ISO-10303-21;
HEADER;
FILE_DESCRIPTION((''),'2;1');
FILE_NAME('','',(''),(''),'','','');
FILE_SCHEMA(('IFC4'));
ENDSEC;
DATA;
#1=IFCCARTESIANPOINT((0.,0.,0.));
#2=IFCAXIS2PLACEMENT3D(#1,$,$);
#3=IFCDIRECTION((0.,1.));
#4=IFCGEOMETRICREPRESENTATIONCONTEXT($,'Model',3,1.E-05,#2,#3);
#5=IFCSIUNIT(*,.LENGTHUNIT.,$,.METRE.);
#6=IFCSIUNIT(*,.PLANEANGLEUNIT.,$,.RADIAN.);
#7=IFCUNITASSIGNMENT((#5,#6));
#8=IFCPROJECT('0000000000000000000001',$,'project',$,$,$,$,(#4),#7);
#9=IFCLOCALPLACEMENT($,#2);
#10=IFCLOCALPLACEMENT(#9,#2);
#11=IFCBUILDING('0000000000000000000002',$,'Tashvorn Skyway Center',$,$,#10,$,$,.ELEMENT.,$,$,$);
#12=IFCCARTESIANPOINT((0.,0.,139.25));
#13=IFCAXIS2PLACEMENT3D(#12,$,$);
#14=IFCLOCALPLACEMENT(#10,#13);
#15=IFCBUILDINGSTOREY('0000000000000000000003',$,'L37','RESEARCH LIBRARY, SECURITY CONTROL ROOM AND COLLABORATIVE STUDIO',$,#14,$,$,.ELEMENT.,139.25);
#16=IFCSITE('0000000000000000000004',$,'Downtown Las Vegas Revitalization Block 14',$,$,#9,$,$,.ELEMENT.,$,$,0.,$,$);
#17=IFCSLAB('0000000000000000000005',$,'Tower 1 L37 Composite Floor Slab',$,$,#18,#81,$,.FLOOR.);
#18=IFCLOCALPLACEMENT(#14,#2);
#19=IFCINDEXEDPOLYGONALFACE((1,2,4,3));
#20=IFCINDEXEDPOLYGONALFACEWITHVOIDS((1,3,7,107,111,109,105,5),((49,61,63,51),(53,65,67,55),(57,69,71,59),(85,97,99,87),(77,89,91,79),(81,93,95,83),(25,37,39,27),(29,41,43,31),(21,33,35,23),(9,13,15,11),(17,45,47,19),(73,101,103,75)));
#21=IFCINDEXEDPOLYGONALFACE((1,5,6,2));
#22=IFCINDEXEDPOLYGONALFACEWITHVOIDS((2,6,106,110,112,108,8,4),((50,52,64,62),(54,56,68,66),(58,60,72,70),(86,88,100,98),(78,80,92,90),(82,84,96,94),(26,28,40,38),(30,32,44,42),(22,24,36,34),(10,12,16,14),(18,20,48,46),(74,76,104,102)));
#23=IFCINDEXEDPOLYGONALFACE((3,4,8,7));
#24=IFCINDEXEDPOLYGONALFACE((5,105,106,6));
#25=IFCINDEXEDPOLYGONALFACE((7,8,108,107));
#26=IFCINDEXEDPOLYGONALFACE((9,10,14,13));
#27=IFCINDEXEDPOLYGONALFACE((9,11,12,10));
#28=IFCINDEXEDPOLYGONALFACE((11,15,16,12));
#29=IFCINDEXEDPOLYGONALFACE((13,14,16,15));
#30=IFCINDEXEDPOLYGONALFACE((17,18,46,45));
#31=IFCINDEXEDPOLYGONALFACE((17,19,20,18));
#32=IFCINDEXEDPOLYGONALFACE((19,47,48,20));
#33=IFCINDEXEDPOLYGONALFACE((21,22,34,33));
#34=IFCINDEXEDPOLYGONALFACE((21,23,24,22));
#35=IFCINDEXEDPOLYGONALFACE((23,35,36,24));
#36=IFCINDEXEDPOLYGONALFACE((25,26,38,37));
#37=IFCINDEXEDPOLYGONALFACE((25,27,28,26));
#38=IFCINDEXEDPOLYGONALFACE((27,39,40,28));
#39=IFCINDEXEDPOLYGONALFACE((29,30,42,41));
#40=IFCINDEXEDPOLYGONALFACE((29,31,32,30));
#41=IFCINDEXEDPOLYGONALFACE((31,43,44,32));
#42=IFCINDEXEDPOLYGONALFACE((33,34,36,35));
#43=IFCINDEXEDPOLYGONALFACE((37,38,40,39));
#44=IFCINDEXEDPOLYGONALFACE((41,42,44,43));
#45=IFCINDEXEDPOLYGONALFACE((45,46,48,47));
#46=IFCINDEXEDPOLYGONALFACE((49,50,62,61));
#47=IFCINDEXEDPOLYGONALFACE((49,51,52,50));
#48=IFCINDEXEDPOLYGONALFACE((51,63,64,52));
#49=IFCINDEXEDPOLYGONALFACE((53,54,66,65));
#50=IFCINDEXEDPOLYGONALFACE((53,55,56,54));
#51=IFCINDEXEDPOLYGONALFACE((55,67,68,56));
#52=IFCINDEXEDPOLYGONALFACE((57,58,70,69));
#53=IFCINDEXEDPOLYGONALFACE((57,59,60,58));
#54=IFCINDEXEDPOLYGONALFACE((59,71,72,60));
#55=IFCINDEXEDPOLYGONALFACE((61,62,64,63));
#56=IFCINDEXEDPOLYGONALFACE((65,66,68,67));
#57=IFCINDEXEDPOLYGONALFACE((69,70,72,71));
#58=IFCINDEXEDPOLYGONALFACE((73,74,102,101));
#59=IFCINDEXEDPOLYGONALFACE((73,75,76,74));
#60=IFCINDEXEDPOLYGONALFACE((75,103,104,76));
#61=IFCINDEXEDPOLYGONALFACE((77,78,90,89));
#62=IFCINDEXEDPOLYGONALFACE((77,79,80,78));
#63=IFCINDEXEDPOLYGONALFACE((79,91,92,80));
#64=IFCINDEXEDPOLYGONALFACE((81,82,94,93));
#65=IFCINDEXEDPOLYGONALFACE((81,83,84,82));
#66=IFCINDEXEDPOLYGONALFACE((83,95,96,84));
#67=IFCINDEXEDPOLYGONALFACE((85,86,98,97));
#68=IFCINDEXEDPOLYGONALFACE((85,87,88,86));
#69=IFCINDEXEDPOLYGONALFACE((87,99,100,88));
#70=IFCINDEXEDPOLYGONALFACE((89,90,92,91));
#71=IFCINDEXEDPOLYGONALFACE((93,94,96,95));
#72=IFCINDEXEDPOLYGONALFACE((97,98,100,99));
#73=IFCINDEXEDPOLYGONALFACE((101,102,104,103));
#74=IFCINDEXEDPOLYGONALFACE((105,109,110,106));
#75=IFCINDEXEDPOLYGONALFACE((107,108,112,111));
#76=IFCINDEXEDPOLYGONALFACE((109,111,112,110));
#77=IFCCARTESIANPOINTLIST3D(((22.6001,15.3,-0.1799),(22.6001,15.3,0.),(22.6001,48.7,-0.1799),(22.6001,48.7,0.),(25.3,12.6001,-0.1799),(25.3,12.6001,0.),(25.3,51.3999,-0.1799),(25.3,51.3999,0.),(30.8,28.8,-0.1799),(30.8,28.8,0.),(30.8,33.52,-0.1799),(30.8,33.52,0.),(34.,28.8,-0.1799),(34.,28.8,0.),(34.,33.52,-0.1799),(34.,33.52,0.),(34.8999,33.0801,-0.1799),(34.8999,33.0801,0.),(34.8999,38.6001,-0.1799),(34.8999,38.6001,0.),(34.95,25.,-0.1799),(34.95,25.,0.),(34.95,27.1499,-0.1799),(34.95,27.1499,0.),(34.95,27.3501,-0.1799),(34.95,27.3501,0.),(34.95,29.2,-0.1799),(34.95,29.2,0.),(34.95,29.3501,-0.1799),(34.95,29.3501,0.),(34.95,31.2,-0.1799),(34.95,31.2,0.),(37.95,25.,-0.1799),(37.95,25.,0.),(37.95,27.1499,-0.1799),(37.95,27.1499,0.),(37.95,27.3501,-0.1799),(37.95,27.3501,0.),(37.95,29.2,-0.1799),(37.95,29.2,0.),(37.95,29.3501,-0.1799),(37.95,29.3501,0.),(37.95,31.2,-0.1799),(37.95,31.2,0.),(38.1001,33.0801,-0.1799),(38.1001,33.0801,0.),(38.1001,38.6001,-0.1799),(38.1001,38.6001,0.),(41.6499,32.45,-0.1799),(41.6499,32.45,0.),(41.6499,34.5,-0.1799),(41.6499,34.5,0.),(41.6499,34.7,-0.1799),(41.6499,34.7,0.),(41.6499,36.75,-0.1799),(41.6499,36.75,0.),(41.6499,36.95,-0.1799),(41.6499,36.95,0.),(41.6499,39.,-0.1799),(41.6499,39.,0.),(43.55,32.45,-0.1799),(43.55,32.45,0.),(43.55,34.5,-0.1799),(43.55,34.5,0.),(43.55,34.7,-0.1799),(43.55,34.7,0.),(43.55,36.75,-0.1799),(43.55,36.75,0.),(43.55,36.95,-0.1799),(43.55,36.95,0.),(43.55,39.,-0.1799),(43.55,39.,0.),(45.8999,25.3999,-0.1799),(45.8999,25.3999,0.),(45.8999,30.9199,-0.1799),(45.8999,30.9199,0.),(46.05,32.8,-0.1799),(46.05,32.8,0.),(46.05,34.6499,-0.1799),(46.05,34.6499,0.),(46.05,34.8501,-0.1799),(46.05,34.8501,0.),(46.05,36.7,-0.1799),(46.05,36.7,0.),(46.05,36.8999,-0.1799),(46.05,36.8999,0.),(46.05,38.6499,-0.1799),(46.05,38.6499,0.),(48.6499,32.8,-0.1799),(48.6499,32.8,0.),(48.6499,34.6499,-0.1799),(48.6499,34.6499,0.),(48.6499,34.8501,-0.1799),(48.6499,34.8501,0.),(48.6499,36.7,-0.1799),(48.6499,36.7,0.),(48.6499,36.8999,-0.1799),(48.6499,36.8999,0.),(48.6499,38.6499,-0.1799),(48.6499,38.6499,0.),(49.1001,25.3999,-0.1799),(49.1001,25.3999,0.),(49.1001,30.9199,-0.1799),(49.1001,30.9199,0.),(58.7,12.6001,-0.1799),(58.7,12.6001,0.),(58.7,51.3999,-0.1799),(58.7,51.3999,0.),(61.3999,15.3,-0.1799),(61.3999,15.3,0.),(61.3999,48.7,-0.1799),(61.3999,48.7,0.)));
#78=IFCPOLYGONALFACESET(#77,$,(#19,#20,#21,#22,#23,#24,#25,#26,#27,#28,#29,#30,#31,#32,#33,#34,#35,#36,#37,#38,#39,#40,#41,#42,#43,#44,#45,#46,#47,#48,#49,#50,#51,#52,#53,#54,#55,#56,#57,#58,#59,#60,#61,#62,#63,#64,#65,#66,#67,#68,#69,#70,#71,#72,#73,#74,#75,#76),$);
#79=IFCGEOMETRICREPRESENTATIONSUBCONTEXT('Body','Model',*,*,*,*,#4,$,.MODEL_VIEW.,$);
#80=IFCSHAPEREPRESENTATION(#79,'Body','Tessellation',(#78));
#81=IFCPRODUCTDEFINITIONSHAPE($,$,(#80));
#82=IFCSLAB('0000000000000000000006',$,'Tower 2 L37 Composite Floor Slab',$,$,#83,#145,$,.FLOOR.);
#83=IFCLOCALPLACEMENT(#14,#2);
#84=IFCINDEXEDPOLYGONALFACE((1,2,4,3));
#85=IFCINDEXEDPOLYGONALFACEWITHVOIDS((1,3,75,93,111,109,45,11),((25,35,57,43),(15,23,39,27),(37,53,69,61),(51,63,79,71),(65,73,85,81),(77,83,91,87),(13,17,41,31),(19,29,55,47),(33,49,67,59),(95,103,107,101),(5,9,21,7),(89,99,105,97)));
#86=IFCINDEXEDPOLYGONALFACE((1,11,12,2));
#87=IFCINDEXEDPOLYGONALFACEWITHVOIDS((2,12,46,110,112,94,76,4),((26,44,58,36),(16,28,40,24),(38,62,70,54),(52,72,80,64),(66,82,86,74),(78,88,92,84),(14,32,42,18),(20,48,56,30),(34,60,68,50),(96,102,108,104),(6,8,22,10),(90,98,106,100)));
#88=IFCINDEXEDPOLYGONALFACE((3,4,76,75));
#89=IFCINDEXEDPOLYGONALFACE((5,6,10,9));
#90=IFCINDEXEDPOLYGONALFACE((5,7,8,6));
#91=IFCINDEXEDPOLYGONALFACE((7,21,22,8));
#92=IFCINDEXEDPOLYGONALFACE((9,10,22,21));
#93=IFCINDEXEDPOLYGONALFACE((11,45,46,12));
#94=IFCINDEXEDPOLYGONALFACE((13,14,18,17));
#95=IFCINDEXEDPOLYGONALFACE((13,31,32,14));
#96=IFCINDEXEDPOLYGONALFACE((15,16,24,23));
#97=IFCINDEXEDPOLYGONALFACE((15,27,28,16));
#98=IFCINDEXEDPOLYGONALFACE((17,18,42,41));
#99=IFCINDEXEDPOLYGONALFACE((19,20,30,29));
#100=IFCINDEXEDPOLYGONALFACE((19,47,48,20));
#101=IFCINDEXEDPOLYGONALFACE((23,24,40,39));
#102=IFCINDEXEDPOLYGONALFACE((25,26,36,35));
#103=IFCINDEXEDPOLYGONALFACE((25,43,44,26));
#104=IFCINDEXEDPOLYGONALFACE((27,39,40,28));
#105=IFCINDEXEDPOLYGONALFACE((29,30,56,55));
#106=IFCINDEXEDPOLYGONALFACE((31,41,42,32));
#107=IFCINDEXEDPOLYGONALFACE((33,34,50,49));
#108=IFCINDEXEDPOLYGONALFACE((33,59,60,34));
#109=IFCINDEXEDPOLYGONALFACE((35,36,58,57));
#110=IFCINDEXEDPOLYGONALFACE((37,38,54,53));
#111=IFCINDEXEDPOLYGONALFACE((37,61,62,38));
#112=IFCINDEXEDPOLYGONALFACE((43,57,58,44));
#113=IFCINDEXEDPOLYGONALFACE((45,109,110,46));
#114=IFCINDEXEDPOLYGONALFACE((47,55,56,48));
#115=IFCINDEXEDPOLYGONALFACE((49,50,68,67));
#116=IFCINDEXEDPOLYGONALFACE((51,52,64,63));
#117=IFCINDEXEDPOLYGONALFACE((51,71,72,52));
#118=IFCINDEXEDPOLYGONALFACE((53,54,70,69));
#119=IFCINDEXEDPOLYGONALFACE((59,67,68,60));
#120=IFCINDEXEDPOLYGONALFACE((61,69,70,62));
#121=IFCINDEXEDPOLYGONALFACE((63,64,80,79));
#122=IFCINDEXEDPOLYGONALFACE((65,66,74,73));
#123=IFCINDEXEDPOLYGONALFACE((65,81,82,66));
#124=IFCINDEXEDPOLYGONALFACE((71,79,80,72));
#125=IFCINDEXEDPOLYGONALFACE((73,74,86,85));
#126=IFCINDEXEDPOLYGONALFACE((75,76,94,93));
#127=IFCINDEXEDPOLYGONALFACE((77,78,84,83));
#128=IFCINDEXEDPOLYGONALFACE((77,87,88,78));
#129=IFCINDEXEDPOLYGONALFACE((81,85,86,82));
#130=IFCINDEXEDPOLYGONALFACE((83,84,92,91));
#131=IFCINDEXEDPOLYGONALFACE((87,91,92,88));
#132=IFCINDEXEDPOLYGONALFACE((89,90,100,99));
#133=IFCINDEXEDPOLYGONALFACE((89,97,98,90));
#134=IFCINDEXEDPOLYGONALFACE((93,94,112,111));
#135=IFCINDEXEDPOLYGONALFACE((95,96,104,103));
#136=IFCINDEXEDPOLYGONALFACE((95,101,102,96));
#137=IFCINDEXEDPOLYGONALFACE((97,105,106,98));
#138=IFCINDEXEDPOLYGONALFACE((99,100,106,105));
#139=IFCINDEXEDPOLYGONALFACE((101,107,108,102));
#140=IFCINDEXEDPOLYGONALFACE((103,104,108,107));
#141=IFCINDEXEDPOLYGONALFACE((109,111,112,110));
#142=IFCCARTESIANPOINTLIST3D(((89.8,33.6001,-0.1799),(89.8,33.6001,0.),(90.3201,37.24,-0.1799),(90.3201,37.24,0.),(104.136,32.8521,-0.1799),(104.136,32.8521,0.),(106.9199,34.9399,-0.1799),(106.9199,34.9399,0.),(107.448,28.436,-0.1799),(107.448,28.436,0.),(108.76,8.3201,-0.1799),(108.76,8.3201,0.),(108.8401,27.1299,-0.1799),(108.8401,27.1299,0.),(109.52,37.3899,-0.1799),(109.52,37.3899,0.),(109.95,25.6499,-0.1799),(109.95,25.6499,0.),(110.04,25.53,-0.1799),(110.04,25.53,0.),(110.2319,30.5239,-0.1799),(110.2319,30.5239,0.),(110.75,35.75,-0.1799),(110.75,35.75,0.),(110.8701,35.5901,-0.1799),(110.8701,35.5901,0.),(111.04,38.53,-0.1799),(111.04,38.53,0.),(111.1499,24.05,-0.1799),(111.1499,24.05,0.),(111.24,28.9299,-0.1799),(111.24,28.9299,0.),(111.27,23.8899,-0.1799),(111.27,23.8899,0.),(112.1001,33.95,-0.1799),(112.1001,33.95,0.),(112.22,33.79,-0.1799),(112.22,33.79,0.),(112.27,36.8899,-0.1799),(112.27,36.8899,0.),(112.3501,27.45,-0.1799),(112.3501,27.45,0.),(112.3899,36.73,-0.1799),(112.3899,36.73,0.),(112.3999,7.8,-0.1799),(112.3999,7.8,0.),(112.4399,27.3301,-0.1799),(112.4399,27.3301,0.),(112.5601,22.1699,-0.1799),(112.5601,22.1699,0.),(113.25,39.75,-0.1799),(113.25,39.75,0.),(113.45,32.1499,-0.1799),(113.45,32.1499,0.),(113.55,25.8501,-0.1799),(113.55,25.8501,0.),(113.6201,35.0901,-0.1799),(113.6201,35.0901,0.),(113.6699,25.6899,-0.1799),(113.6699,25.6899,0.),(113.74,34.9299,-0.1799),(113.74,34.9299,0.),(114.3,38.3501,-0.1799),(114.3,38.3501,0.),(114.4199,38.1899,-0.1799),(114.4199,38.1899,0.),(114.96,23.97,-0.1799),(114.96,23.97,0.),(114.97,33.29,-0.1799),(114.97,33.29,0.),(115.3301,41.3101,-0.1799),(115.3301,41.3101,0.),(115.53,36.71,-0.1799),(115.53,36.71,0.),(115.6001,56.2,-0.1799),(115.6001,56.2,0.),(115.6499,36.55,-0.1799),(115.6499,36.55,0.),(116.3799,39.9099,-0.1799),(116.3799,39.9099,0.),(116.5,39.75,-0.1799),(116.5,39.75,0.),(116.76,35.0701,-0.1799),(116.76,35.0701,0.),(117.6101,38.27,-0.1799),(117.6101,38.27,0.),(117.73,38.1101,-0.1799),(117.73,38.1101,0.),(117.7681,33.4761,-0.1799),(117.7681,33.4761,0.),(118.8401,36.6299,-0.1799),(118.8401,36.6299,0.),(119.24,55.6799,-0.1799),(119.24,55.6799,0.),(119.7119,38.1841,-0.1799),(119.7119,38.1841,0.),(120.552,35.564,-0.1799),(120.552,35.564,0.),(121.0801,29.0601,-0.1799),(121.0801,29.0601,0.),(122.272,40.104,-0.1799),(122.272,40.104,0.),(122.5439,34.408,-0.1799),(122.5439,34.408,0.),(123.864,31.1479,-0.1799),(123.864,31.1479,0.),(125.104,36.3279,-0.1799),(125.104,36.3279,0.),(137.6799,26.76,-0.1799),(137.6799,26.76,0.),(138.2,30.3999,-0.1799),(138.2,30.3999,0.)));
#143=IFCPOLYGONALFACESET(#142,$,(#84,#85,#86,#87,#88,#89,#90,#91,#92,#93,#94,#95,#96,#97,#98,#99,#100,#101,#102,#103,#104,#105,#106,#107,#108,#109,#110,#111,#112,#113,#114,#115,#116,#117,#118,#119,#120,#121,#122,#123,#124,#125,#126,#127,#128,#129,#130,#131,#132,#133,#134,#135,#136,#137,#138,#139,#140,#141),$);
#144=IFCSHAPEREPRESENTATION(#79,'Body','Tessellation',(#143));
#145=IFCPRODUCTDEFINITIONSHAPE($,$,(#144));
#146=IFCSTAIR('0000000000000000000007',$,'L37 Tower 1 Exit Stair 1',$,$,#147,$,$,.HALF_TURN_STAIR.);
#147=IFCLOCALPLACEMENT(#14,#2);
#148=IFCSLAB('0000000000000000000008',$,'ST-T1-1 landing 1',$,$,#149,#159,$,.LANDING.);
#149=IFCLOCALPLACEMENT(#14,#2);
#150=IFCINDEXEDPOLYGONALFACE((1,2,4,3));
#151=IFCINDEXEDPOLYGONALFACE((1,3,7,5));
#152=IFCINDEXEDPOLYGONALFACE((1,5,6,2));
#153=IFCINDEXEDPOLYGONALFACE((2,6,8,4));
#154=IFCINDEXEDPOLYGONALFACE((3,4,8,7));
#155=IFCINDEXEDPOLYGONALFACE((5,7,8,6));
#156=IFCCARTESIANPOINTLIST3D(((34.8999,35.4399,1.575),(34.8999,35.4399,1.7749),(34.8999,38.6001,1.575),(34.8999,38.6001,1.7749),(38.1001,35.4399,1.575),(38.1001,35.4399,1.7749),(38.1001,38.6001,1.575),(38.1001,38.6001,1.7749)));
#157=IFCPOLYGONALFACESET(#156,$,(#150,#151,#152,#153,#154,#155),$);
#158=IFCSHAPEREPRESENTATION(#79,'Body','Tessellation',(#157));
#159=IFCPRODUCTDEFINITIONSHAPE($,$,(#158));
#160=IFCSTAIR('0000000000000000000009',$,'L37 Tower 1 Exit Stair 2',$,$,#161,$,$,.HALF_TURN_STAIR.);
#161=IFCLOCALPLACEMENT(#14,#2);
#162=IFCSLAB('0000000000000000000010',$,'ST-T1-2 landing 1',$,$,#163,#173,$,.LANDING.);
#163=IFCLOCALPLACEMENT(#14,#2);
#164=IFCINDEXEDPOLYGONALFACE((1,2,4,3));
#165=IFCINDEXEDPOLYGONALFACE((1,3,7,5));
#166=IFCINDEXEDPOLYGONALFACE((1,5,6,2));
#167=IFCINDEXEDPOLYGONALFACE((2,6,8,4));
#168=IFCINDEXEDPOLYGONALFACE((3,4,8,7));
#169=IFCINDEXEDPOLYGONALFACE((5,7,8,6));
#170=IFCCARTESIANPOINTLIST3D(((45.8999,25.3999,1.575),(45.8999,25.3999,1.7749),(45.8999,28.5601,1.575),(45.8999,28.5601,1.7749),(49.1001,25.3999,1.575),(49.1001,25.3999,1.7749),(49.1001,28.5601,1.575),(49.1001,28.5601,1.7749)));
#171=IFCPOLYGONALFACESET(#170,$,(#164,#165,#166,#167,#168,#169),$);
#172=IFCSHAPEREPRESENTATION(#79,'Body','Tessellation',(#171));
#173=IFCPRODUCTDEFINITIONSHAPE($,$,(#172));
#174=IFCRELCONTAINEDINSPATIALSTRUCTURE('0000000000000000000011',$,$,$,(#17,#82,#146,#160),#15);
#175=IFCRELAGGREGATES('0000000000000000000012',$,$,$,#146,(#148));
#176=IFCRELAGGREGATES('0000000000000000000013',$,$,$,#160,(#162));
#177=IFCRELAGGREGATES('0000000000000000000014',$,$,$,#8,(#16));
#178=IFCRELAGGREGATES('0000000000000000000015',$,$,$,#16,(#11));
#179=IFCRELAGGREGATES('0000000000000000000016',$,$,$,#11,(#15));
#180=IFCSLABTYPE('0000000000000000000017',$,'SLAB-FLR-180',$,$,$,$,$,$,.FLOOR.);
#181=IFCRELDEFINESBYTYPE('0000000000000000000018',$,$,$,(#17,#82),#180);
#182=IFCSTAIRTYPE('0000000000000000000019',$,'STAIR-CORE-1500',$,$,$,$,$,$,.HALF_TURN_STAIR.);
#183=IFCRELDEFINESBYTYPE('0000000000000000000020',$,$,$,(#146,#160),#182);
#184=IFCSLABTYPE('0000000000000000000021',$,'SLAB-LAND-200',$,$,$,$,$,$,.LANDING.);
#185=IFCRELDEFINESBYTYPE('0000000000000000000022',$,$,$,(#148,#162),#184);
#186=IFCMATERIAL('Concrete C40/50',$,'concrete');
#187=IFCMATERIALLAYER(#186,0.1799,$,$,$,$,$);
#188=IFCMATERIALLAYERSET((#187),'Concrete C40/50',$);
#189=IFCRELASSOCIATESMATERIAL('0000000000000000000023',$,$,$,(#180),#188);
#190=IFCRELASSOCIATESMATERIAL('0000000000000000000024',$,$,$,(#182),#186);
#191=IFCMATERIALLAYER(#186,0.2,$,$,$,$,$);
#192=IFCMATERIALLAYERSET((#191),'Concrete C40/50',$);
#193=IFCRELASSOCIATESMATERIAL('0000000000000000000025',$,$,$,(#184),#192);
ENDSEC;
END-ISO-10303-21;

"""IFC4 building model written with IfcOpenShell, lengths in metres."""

from ifc_helpers import new_model, si_unit, direction, frame, origin, place, context, subcontext, project, spatial, polyline, outline, extrude, material, layer, layer_set, type_object, element, aggregate, save


model = new_model("IFC4")

# Units and contexts
model_context = context("Model", 3, precision=1e-05, world=origin(), true_north=direction((0.0, 1.0)))
body_context = subcontext(model_context, "Body", "Model", "MODEL_VIEW")
ifc_project = project(units=[si_unit("LENGTHUNIT", "METRE"), si_unit("PLANEANGLEUNIT", "RADIAN")], contexts=[model_context])

# Site, building, storey
site_placement = place(None, origin())
site = spatial("IfcSite", under=ifc_project, at=site_placement, Name="Downtown Las Vegas Revitalization Block 14", CompositionType="ELEMENT", RefElevation=0.0)
building_placement = place(site_placement, origin())
building = spatial("IfcBuilding", under=site, at=building_placement, Name="Tashvorn Skyway Center", CompositionType="ELEMENT")
storey_placement = place(building_placement, frame((0.0, 0.0, 139.25)))
storey = spatial("IfcBuildingStorey", under=building, at=storey_placement, Name="L37", Description="RESEARCH LIBRARY, SECURITY CONTROL ROOM AND COLLABORATIVE STUDIO", CompositionType="ELEMENT", Elevation=139.25)

# Slabs
ifc_material_1 = material(Name="Concrete C40/50", Category="concrete")
ifc_layer_1 = layer(ifc_material_1, 0.1799)
ifc_layer_set_1 = layer_set([ifc_layer_1], Name="Concrete C40/50")
slab_type_1 = type_object("IfcSlabType", Name="SLAB-FLR-180", PredefinedType="FLOOR", material=ifc_layer_set_1)
slab_1_placement = place(storey_placement, frame((0.0, 0.0, -0.1799)))
element("IfcSlab", 1, at=slab_1_placement, inside=storey, type_object=slab_type_1, Name="Tower 1 L37 Composite Floor Slab", PredefinedType="FLOOR", context=body_context, shape_type="SweptSolid", body=[
    extrude(outline(polyline([(25.3, 12.6001), (58.7, 12.6001), (61.3999, 15.3), (61.3999, 48.7), (58.7, 51.3999), (25.3, 51.3999), (22.6001, 48.7), (22.6001, 15.3), (25.3, 12.6001)]), holes=[polyline([(38.1001, 33.0801), (38.1001, 38.6001), (34.8999, 38.6001), (34.8999, 33.0801), (38.1001, 33.0801)]), polyline([(45.8999, 30.9199), (45.8999, 25.3999), (49.1001, 25.3999), (49.1001, 30.9199), (45.8999, 30.9199)]), polyline([(30.8, 33.52), (30.8, 28.8), (34.0, 28.8), (34.0, 33.52), (30.8, 33.52)]), polyline([(34.95, 29.3501), (37.95, 29.3501), (37.95, 31.2), (34.95, 31.2), (34.95, 29.3501)]), polyline([(34.95, 27.3501), (37.95, 27.3501), (37.95, 29.2), (34.95, 29.2), (34.95, 27.3501)]), polyline([(34.95, 25.0), (37.95, 25.0), (37.95, 27.1499), (34.95, 27.1499), (34.95, 25.0)]), polyline([(41.6499, 32.45), (43.55, 32.45), (43.55, 34.5), (41.6499, 34.5), (41.6499, 32.45)]), polyline([(41.6499, 34.7), (43.55, 34.7), (43.55, 36.75), (41.6499, 36.75), (41.6499, 34.7)]), polyline([(41.6499, 36.95), (43.55, 36.95), (43.55, 39.0), (41.6499, 39.0), (41.6499, 36.95)]), polyline([(46.05, 32.8), (48.6499, 32.8), (48.6499, 34.6499), (46.05, 34.6499), (46.05, 32.8)]), polyline([(46.05, 34.8501), (48.6499, 34.8501), (48.6499, 36.7), (46.05, 36.7), (46.05, 34.8501)]), polyline([(46.05, 36.8999), (48.6499, 36.8999), (48.6499, 38.6499), (46.05, 38.6499), (46.05, 36.8999)])]), origin(), (0.0, 0.0, 1.0), 0.1799),
])
slab_2_placement = place(storey_placement, frame((0.0, 0.0, -0.1799)))
element("IfcSlab", 2, at=slab_2_placement, inside=storey, type_object=slab_type_1, Name="Tower 2 L37 Composite Floor Slab", PredefinedType="FLOOR", context=body_context, shape_type="SweptSolid", body=[
    extrude(outline(polyline([(112.3999, 7.8), (137.6799, 26.76), (138.2, 30.3999), (119.24, 55.6799), (115.6001, 56.2), (90.3201, 37.24), (89.8, 33.6001), (108.76, 8.3201), (112.3999, 7.8)]), holes=[polyline([(110.2319, 30.5239), (106.9199, 34.9399), (104.136, 32.8521), (107.448, 28.436), (110.2319, 30.5239)]), polyline([(117.7681, 33.4761), (121.0801, 29.0601), (123.864, 31.1479), (120.552, 35.564), (117.7681, 33.4761)]), polyline([(119.7119, 38.1841), (122.5439, 34.408), (125.104, 36.3279), (122.272, 40.104), (119.7119, 38.1841)]), polyline([(109.95, 25.6499), (112.3501, 27.45), (111.24, 28.9299), (108.8401, 27.1299), (109.95, 25.6499)]), polyline([(111.1499, 24.05), (113.55, 25.8501), (112.4399, 27.3301), (110.04, 25.53), (111.1499, 24.05)]), polyline([(112.5601, 22.1699), (114.96, 23.97), (113.6699, 25.6899), (111.27, 23.8899), (112.5601, 22.1699)]), polyline([(113.45, 32.1499), (114.97, 33.29), (113.74, 34.9299), (112.22, 33.79), (113.45, 32.1499)]), polyline([(112.1001, 33.95), (113.6201, 35.0901), (112.3899, 36.73), (110.8701, 35.5901), (112.1001, 33.95)]), polyline([(110.75, 35.75), (112.27, 36.8899), (111.04, 38.53), (109.52, 37.3899), (110.75, 35.75)]), polyline([(116.76, 35.0701), (118.8401, 36.6299), (117.73, 38.1101), (115.6499, 36.55), (116.76, 35.0701)]), polyline([(115.53, 36.71), (117.6101, 38.27), (116.5, 39.75), (114.4199, 38.1899), (115.53, 36.71)]), polyline([(114.3, 38.3501), (116.3799, 39.9099), (115.3301, 41.3101), (113.25, 39.75), (114.3, 38.3501)])]), origin(), (0.0, 0.0, 1.0), 0.1799),
])

# Stairs, slabs
stair_type = type_object("IfcStairType", Name="STAIR-CORE-1500", PredefinedType="HALF_TURN_STAIR", material=ifc_material_1)
stair_1_placement = place(storey_placement, origin())
stair_1 = element("IfcStair", 3, at=stair_1_placement, inside=storey, type_object=stair_type, Name="L37 Tower 1 Exit Stair 1", PredefinedType="HALF_TURN_STAIR")
ifc_layer_2 = layer(ifc_material_1, 0.2)
ifc_layer_set_2 = layer_set([ifc_layer_2], Name="Concrete C40/50")
slab_type_2 = type_object("IfcSlabType", Name="SLAB-LAND-200", PredefinedType="LANDING", material=ifc_layer_set_2)
slab_3_placement = place(storey_placement, frame((0.0, 0.0, 1.575)))
slab_3 = element("IfcSlab", 4, at=slab_3_placement, type_object=slab_type_2, Name="ST-T1-1 landing 1", PredefinedType="LANDING", context=body_context, shape_type="SweptSolid", body=[
    extrude(outline(polyline([(38.1001, 35.4399), (38.1001, 38.6001), (34.8999, 38.6001), (34.8999, 35.4399), (38.1001, 35.4399)])), origin(), (0.0, 0.0, 1.0), 0.2),
])
aggregate(stair_1, [slab_3])
stair_2_placement = place(storey_placement, origin())
stair_2 = element("IfcStair", 5, at=stair_2_placement, inside=storey, type_object=stair_type, Name="L37 Tower 1 Exit Stair 2", PredefinedType="HALF_TURN_STAIR")
slab_4_placement = place(storey_placement, frame((0.0, 0.0, 1.575)))
slab_4 = element("IfcSlab", 6, at=slab_4_placement, type_object=slab_type_2, Name="ST-T1-2 landing 1", PredefinedType="LANDING", context=body_context, shape_type="SweptSolid", body=[
    extrude(outline(polyline([(45.8999, 28.5601), (45.8999, 25.3999), (49.1001, 25.3999), (49.1001, 28.5601), (45.8999, 28.5601)])), origin(), (0.0, 0.0, 1.0), 0.2),
])
aggregate(stair_2, [slab_4])

save(model, "model.ifc")
